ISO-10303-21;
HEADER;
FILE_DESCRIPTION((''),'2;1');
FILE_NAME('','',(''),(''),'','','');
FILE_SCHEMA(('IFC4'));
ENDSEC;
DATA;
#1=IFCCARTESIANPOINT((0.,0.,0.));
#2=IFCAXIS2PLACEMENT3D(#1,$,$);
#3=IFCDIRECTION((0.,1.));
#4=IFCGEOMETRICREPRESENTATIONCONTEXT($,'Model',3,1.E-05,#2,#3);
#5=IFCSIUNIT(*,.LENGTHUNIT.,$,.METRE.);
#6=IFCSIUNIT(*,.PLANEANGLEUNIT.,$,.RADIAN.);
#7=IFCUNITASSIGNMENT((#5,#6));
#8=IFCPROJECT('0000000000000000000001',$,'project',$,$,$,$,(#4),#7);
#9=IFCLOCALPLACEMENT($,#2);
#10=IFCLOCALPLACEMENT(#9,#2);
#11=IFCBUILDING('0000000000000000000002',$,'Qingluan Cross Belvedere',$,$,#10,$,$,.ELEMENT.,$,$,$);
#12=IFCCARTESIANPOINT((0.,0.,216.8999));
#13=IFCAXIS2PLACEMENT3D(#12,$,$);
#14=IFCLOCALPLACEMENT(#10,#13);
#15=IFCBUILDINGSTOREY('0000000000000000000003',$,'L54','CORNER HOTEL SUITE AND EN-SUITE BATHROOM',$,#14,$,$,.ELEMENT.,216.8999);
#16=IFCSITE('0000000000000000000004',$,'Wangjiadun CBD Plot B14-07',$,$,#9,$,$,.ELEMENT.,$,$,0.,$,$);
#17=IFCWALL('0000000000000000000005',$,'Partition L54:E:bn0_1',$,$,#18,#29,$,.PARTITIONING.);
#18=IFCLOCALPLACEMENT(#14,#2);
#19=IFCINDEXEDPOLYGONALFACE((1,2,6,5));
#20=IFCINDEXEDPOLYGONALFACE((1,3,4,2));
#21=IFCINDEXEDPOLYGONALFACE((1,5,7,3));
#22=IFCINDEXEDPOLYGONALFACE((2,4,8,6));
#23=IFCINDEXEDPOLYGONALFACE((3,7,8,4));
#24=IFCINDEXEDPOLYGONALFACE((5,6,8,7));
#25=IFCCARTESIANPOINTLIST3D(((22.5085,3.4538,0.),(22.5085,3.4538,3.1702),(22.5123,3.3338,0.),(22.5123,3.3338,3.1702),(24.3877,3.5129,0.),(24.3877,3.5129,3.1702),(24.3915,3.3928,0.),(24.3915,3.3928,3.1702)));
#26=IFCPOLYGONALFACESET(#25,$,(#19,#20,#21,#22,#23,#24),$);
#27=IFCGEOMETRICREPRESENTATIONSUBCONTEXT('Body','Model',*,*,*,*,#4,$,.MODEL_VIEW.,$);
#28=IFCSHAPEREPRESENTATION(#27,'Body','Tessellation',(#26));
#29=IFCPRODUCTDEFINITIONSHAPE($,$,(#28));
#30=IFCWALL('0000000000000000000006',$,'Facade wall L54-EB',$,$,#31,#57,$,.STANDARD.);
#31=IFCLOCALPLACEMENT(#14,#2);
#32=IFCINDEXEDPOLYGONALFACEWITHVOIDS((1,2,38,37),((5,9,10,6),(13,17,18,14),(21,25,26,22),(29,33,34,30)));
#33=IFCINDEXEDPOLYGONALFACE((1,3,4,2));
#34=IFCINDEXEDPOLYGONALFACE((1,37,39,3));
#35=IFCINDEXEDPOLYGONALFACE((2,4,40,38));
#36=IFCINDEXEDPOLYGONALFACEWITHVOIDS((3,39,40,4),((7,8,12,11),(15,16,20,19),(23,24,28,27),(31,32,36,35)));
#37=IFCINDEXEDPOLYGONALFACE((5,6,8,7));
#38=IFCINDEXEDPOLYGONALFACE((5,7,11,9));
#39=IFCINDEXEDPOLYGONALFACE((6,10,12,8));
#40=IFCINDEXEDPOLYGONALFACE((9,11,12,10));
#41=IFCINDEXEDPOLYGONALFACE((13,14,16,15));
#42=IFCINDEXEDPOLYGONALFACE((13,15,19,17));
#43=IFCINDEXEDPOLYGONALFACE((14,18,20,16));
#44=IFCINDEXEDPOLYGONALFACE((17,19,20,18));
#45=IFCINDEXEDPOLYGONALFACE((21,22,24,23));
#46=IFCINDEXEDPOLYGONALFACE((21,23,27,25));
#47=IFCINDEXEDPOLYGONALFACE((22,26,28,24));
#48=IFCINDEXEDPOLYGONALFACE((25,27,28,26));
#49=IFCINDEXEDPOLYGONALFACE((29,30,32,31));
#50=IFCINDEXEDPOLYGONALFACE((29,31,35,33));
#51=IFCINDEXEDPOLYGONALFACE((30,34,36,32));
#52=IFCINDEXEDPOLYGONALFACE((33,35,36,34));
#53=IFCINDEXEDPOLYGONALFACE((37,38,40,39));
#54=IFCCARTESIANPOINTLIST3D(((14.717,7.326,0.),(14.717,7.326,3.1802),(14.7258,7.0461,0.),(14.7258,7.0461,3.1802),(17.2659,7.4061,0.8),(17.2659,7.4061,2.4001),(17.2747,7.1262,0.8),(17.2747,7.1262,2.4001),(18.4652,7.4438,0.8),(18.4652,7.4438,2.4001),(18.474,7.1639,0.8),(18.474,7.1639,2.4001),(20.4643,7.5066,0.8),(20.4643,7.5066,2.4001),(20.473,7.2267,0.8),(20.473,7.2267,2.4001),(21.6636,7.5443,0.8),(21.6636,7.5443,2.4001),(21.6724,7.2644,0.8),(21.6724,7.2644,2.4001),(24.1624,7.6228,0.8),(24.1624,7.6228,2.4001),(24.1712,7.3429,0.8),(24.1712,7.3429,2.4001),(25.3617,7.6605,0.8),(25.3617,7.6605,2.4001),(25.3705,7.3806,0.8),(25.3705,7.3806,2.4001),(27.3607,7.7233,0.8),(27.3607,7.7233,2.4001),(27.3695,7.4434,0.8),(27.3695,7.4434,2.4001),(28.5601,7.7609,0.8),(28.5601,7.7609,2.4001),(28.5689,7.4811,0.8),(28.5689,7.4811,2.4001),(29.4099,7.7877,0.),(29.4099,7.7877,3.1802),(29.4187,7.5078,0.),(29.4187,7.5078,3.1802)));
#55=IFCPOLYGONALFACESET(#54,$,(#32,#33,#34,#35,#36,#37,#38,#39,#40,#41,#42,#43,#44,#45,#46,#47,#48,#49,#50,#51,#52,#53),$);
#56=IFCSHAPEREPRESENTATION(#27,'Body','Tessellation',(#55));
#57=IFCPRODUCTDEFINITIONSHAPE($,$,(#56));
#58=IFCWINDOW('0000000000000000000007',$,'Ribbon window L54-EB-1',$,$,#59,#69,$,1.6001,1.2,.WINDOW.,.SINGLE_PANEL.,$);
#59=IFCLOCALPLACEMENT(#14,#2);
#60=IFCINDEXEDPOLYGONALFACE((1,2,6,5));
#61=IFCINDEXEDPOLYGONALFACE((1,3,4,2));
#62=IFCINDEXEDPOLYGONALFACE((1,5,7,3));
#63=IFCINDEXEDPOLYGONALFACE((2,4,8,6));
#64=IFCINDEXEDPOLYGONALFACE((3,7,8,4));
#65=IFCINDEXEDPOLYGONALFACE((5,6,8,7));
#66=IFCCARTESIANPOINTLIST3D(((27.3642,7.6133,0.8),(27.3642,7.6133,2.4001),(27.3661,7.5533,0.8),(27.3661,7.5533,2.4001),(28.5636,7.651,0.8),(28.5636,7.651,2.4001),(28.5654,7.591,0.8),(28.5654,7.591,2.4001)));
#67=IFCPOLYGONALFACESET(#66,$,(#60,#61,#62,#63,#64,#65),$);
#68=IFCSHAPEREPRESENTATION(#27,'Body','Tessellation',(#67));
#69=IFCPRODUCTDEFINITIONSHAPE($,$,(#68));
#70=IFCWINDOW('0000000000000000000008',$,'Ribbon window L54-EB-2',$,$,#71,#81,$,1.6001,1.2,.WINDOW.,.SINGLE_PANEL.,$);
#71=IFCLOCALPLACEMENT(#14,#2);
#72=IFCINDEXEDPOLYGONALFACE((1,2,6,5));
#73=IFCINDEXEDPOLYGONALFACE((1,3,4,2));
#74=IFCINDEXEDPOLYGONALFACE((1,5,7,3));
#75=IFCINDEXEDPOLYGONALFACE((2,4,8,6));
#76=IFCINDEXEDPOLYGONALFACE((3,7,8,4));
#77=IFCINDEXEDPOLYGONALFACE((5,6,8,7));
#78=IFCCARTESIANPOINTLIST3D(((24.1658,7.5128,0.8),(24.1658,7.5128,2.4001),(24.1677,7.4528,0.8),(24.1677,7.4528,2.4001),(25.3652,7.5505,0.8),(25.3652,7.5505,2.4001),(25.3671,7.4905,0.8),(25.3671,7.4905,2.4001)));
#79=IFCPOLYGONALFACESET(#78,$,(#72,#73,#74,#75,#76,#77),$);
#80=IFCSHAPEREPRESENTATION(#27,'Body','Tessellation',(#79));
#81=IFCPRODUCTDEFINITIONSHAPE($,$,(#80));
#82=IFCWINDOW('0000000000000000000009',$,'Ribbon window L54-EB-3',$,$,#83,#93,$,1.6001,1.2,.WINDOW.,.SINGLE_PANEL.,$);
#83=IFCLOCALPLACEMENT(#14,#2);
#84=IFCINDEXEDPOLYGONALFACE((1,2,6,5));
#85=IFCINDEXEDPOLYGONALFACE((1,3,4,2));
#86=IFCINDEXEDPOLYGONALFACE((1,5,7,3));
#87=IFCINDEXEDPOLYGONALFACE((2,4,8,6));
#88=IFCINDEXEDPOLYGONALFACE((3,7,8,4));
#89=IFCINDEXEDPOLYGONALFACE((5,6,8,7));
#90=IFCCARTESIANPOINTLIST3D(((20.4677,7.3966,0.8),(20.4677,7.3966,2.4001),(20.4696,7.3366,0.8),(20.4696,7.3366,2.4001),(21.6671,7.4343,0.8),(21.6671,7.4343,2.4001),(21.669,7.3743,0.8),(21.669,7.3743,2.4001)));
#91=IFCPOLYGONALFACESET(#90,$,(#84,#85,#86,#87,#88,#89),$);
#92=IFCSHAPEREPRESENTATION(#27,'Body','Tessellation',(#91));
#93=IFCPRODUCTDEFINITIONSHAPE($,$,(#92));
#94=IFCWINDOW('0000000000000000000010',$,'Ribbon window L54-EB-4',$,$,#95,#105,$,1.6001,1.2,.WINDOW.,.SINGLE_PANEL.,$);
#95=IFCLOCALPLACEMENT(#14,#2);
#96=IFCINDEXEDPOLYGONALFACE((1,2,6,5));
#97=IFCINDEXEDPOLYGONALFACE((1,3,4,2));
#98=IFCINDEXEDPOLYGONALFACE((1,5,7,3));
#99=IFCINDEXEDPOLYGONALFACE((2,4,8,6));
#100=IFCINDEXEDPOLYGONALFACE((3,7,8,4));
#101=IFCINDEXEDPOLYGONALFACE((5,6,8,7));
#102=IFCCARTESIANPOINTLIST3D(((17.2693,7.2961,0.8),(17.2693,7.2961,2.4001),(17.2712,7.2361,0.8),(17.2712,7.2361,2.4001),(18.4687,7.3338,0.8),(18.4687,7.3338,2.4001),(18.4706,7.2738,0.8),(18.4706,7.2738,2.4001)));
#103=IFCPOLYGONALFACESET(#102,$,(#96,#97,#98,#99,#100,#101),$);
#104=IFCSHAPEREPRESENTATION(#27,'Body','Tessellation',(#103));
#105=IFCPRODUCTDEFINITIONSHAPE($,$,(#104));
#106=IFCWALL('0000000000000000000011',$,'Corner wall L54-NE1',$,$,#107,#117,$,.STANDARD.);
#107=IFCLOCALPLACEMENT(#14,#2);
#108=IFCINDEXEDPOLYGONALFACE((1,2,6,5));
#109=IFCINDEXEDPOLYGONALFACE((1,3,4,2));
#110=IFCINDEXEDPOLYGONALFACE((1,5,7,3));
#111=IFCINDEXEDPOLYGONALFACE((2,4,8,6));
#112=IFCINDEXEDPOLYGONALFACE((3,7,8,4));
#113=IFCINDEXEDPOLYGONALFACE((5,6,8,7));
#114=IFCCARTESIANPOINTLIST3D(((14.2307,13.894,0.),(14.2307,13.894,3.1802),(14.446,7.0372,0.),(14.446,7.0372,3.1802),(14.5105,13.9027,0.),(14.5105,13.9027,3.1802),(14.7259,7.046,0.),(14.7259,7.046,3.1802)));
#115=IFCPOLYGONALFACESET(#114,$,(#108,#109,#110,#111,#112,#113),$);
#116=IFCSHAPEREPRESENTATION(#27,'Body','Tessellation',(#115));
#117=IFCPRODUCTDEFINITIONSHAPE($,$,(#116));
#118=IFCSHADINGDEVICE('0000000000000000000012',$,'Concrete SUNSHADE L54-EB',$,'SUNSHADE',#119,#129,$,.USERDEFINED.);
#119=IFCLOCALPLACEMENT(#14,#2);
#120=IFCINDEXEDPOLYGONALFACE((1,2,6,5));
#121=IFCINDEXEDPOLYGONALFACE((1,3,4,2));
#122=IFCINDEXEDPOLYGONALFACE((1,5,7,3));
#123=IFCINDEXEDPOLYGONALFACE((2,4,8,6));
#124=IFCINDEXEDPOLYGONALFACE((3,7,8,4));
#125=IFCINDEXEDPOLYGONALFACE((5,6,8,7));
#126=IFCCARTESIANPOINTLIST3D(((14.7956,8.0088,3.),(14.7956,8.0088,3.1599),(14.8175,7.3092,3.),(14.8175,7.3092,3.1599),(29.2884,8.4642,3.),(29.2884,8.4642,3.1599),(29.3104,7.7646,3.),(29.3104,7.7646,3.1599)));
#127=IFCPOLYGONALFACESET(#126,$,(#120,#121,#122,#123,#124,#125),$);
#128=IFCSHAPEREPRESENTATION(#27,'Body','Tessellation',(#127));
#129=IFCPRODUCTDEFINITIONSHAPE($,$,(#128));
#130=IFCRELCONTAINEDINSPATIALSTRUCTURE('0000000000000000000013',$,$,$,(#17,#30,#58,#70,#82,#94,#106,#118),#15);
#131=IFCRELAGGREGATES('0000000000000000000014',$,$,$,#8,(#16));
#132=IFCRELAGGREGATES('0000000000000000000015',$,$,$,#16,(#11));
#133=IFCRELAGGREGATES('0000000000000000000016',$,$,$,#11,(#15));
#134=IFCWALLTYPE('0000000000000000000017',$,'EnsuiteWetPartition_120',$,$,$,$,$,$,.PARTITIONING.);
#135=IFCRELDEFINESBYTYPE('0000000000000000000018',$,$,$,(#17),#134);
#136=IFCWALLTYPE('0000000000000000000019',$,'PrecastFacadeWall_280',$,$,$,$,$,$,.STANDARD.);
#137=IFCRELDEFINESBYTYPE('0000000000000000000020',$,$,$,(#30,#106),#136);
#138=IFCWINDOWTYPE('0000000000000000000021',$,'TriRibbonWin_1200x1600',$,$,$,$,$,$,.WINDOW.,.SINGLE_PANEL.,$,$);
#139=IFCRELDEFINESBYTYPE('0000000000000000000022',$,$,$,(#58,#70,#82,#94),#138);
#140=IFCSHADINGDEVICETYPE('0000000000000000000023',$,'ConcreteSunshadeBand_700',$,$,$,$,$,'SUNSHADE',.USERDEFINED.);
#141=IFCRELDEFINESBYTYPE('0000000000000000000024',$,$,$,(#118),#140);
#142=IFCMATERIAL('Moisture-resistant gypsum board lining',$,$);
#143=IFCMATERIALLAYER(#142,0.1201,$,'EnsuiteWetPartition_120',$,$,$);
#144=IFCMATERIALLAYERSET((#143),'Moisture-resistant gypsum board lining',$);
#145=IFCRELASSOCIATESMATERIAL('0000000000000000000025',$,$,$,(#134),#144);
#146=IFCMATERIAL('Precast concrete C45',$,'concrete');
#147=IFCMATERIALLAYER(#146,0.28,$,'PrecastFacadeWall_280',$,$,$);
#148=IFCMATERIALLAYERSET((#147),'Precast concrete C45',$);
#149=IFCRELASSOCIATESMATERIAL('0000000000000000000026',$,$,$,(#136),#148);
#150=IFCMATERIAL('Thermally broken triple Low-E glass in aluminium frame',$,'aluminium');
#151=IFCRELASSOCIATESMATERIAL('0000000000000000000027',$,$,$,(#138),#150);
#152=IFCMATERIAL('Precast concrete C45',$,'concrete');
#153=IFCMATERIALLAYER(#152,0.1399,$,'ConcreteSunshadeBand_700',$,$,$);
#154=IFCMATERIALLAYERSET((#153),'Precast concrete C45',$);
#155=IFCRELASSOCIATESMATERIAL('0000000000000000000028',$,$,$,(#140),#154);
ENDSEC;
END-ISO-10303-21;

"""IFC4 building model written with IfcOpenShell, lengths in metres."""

from ifc_helpers import new_model, si_unit, direction, frame, frame_2d, origin, origin_2d, place, context, subcontext, project, spatial, rectangle, extrude, material, layer, layer_set, type_object, element, fill, save


model = new_model("IFC4")

# Units and contexts
model_context = context("Model", 3, precision=1e-05, world=origin(), true_north=direction((0.0, 1.0)))
body_context = subcontext(model_context, "Body", "Model", "MODEL_VIEW")
ifc_project = project(units=[si_unit("LENGTHUNIT", "METRE"), si_unit("PLANEANGLEUNIT", "RADIAN")], contexts=[model_context])

# Site, building, storey
site_placement = place(None, origin())
site = spatial("IfcSite", under=ifc_project, at=site_placement, Name="Wangjiadun CBD Plot B14-07", CompositionType="ELEMENT", RefElevation=0.0)
building_placement = place(site_placement, origin())
building = spatial("IfcBuilding", under=site, at=building_placement, Name="Qingluan Cross Belvedere", CompositionType="ELEMENT")
storey_placement = place(building_placement, frame((0.0, 0.0, 216.8999)))
storey = spatial("IfcBuildingStorey", under=building, at=storey_placement, Name="L54", Description="CORNER HOTEL SUITE AND EN-SUITE BATHROOM", CompositionType="ELEMENT", Elevation=216.8999)

# Shared definitions
ifc_material_1 = material(Name="Moisture-resistant gypsum board lining")
ifc_layer_1 = layer(ifc_material_1, 0.1201, Name="EnsuiteWetPartition_120")
ifc_layer_set_1 = layer_set([ifc_layer_1], Name="Moisture-resistant gypsum board lining")
wall_type_1 = type_object("IfcWallType", Name="EnsuiteWetPartition_120", PredefinedType="PARTITIONING", material=ifc_layer_set_1)

# Wall
wall_1_placement = place(storey_placement, frame((22.5105, 3.3938, 0.0), z_axis=(0.0, 0.0, 1.0), x_axis=(0.999506, 0.031425, 0.0)))
element("IfcWall", 1, at=wall_1_placement, inside=storey, type_object=wall_type_1, Name="Partition L54:E:bn0_1", PredefinedType="PARTITIONING", context=body_context, shape_type="SweptSolid", body=[
    extrude(rectangle(XDim=1.8801, YDim=0.1201, at=frame_2d((0.9399, 0.0))), origin(), (0.0, 0.0, 1.0), 3.1702),
])

# Wall, openings, windows
ifc_material_2 = material(Name="Precast concrete C45", Category="concrete")
ifc_layer_2 = layer(ifc_material_2, 0.28, Name="PrecastFacadeWall_280")
ifc_layer_set_2 = layer_set([ifc_layer_2], Name="Precast concrete C45")
wall_type_2 = type_object("IfcWallType", Name="PrecastFacadeWall_280", PredefinedType="STANDARD", material=ifc_layer_set_2)
wall_2_placement = place(storey_placement, frame((29.4143, 7.6477, 0.0), z_axis=(0.0, 0.0, 1.0), x_axis=(-0.999507, -0.031406, 0.0)))
wall_2 = element("IfcWall", 2, at=wall_2_placement, inside=storey, type_object=wall_type_2, Name="Facade wall L54-EB", PredefinedType="STANDARD", context=body_context, shape_type="SweptSolid", body=[
    extrude(rectangle(XDim=14.7002, YDim=0.28, at=frame_2d((7.3501, 0.0))), origin(), (0.0, 0.0, 1.0), 3.1802),
])
opening_1_placement = place(wall_2_placement, frame((0.8501, 0.0, 0.8)))
opening_1 = element("IfcOpeningElement", 3, at=opening_1_placement, cuts=wall_2, PredefinedType="OPENING", context=body_context, shape_type="SweptSolid", body=[
    extrude(rectangle(XDim=1.2, YDim=1.6001, at=frame_2d((0.6001, 0.8))), frame((0.0, 0.1499, 0.0), z_axis=(0.0, -1.0, 0.0), x_axis=(1.0, 0.0, 0.0)), (0.0, 0.0, 1.0), 0.3),
])
opening_2_placement = place(wall_2_placement, frame((4.05, 0.0, 0.8)))
opening_2 = element("IfcOpeningElement", 4, at=opening_2_placement, cuts=wall_2, PredefinedType="OPENING", context=body_context, shape_type="SweptSolid", body=[
    extrude(rectangle(XDim=1.2, YDim=1.6001, at=frame_2d((0.6001, 0.8))), frame((0.0, 0.1499, 0.0), z_axis=(0.0, -1.0, 0.0), x_axis=(1.0, 0.0, 0.0)), (0.0, 0.0, 1.0), 0.3),
])
opening_3_placement = place(wall_2_placement, frame((7.75, 0.0, 0.8)))
opening_3 = element("IfcOpeningElement", 5, at=opening_3_placement, cuts=wall_2, PredefinedType="OPENING", context=body_context, shape_type="SweptSolid", body=[
    extrude(rectangle(XDim=1.2, YDim=1.6001, at=frame_2d((0.6001, 0.8))), frame((0.0, 0.1499, 0.0), z_axis=(0.0, -1.0, 0.0), x_axis=(1.0, 0.0, 0.0)), (0.0, 0.0, 1.0), 0.3),
])
opening_4_placement = place(wall_2_placement, frame((10.95, 0.0, 0.8)))
opening_4 = element("IfcOpeningElement", 6, at=opening_4_placement, cuts=wall_2, PredefinedType="OPENING", context=body_context, shape_type="SweptSolid", body=[
    extrude(rectangle(XDim=1.2, YDim=1.6001, at=frame_2d((0.6001, 0.8))), frame((0.0, 0.1499, 0.0), z_axis=(0.0, -1.0, 0.0), x_axis=(1.0, 0.0, 0.0)), (0.0, 0.0, 1.0), 0.3),
])
ifc_material_3 = material(Name="Thermally broken triple Low-E glass in aluminium frame", Category="aluminium")
window_type = type_object("IfcWindowType", Name="TriRibbonWin_1200x1600", PartitioningType="SINGLE_PANEL", PredefinedType="WINDOW", material=ifc_material_3)
window_1_placement = place(opening_1_placement, origin())
window_1 = element("IfcWindow", 7, at=window_1_placement, inside=storey, type_object=window_type, Name="Ribbon window L54-EB-1", OverallHeight=1.6001, OverallWidth=1.2, PartitioningType="SINGLE_PANEL", PredefinedType="WINDOW", context=body_context, shape_type="SweptSolid", body=[
    extrude(rectangle(XDim=1.2, YDim=1.6001, at=frame_2d((0.6001, 0.8))), frame((0.0, 0.03, 0.0), z_axis=(0.0, -1.0, 0.0), x_axis=(1.0, 0.0, 0.0)), (0.0, 0.0, 1.0), 0.0601),
])
fill(opening_1, window_1)
window_2_placement = place(opening_2_placement, origin())
window_2 = element("IfcWindow", 8, at=window_2_placement, inside=storey, type_object=window_type, Name="Ribbon window L54-EB-2", OverallHeight=1.6001, OverallWidth=1.2, PartitioningType="SINGLE_PANEL", PredefinedType="WINDOW", context=body_context, shape_type="SweptSolid", body=[
    extrude(rectangle(XDim=1.2, YDim=1.6001, at=frame_2d((0.6001, 0.8))), frame((0.0, 0.03, 0.0), z_axis=(0.0, -1.0, 0.0), x_axis=(1.0, 0.0, 0.0)), (0.0, 0.0, 1.0), 0.0601),
])
fill(opening_2, window_2)
window_3_placement = place(opening_3_placement, origin())
window_3 = element("IfcWindow", 9, at=window_3_placement, inside=storey, type_object=window_type, Name="Ribbon window L54-EB-3", OverallHeight=1.6001, OverallWidth=1.2, PartitioningType="SINGLE_PANEL", PredefinedType="WINDOW", context=body_context, shape_type="SweptSolid", body=[
    extrude(rectangle(XDim=1.2, YDim=1.6001, at=frame_2d((0.6001, 0.8))), frame((0.0, 0.03, 0.0), z_axis=(0.0, -1.0, 0.0), x_axis=(1.0, 0.0, 0.0)), (0.0, 0.0, 1.0), 0.0601),
])
fill(opening_3, window_3)
window_4_placement = place(opening_4_placement, origin())
window_4 = element("IfcWindow", 10, at=window_4_placement, inside=storey, type_object=window_type, Name="Ribbon window L54-EB-4", OverallHeight=1.6001, OverallWidth=1.2, PartitioningType="SINGLE_PANEL", PredefinedType="WINDOW", context=body_context, shape_type="SweptSolid", body=[
    extrude(rectangle(XDim=1.2, YDim=1.6001, at=frame_2d((0.6001, 0.8))), frame((0.0, 0.03, 0.0), z_axis=(0.0, -1.0, 0.0), x_axis=(1.0, 0.0, 0.0)), (0.0, 0.0, 1.0), 0.0601),
])
fill(opening_4, window_4)

# Wall
wall_3_placement = place(storey_placement, frame((14.5859, 7.0415, 0.0), z_axis=(0.0, 0.0, 1.0), x_axis=(-0.031389, 0.999507, 0.0)))
element("IfcWall", 11, at=wall_3_placement, inside=storey, type_object=wall_type_2, Name="Corner wall L54-NE1", PredefinedType="STANDARD", context=body_context, shape_type="SweptSolid", body=[
    extrude(rectangle(XDim=6.8601, YDim=0.28, at=frame_2d((3.4302, 0.0))), origin(), (0.0, 0.0, 1.0), 3.1802),
])

# Shading device
ifc_material_4 = material(Name="Precast concrete C45", Category="concrete")
ifc_layer_3 = layer(ifc_material_4, 0.1399, Name="ConcreteSunshadeBand_700")
ifc_layer_set_3 = layer_set([ifc_layer_3], Name="Precast concrete C45")
shading_device_type = type_object("IfcShadingDeviceType", Name="ConcreteSunshadeBand_700", ElementType="SUNSHADE", PredefinedType="USERDEFINED", material=ifc_layer_set_3)
shading_device_placement = place(storey_placement, frame((22.053, 7.8867, 3.0), z_axis=(0.0, 0.0, 1.0), x_axis=(-0.999507, -0.031408, 0.0)))
element("IfcShadingDevice", 12, at=shading_device_placement, inside=storey, type_object=shading_device_type, Name="Concrete SUNSHADE L54-EB", ObjectType="SUNSHADE", PredefinedType="USERDEFINED", context=body_context, shape_type="SweptSolid", body=[
    extrude(rectangle(XDim=14.5, YDim=0.7, at=origin_2d()), origin(), (0.0, 0.0, 1.0), 0.1599),
])

save(model, "model.ifc")
